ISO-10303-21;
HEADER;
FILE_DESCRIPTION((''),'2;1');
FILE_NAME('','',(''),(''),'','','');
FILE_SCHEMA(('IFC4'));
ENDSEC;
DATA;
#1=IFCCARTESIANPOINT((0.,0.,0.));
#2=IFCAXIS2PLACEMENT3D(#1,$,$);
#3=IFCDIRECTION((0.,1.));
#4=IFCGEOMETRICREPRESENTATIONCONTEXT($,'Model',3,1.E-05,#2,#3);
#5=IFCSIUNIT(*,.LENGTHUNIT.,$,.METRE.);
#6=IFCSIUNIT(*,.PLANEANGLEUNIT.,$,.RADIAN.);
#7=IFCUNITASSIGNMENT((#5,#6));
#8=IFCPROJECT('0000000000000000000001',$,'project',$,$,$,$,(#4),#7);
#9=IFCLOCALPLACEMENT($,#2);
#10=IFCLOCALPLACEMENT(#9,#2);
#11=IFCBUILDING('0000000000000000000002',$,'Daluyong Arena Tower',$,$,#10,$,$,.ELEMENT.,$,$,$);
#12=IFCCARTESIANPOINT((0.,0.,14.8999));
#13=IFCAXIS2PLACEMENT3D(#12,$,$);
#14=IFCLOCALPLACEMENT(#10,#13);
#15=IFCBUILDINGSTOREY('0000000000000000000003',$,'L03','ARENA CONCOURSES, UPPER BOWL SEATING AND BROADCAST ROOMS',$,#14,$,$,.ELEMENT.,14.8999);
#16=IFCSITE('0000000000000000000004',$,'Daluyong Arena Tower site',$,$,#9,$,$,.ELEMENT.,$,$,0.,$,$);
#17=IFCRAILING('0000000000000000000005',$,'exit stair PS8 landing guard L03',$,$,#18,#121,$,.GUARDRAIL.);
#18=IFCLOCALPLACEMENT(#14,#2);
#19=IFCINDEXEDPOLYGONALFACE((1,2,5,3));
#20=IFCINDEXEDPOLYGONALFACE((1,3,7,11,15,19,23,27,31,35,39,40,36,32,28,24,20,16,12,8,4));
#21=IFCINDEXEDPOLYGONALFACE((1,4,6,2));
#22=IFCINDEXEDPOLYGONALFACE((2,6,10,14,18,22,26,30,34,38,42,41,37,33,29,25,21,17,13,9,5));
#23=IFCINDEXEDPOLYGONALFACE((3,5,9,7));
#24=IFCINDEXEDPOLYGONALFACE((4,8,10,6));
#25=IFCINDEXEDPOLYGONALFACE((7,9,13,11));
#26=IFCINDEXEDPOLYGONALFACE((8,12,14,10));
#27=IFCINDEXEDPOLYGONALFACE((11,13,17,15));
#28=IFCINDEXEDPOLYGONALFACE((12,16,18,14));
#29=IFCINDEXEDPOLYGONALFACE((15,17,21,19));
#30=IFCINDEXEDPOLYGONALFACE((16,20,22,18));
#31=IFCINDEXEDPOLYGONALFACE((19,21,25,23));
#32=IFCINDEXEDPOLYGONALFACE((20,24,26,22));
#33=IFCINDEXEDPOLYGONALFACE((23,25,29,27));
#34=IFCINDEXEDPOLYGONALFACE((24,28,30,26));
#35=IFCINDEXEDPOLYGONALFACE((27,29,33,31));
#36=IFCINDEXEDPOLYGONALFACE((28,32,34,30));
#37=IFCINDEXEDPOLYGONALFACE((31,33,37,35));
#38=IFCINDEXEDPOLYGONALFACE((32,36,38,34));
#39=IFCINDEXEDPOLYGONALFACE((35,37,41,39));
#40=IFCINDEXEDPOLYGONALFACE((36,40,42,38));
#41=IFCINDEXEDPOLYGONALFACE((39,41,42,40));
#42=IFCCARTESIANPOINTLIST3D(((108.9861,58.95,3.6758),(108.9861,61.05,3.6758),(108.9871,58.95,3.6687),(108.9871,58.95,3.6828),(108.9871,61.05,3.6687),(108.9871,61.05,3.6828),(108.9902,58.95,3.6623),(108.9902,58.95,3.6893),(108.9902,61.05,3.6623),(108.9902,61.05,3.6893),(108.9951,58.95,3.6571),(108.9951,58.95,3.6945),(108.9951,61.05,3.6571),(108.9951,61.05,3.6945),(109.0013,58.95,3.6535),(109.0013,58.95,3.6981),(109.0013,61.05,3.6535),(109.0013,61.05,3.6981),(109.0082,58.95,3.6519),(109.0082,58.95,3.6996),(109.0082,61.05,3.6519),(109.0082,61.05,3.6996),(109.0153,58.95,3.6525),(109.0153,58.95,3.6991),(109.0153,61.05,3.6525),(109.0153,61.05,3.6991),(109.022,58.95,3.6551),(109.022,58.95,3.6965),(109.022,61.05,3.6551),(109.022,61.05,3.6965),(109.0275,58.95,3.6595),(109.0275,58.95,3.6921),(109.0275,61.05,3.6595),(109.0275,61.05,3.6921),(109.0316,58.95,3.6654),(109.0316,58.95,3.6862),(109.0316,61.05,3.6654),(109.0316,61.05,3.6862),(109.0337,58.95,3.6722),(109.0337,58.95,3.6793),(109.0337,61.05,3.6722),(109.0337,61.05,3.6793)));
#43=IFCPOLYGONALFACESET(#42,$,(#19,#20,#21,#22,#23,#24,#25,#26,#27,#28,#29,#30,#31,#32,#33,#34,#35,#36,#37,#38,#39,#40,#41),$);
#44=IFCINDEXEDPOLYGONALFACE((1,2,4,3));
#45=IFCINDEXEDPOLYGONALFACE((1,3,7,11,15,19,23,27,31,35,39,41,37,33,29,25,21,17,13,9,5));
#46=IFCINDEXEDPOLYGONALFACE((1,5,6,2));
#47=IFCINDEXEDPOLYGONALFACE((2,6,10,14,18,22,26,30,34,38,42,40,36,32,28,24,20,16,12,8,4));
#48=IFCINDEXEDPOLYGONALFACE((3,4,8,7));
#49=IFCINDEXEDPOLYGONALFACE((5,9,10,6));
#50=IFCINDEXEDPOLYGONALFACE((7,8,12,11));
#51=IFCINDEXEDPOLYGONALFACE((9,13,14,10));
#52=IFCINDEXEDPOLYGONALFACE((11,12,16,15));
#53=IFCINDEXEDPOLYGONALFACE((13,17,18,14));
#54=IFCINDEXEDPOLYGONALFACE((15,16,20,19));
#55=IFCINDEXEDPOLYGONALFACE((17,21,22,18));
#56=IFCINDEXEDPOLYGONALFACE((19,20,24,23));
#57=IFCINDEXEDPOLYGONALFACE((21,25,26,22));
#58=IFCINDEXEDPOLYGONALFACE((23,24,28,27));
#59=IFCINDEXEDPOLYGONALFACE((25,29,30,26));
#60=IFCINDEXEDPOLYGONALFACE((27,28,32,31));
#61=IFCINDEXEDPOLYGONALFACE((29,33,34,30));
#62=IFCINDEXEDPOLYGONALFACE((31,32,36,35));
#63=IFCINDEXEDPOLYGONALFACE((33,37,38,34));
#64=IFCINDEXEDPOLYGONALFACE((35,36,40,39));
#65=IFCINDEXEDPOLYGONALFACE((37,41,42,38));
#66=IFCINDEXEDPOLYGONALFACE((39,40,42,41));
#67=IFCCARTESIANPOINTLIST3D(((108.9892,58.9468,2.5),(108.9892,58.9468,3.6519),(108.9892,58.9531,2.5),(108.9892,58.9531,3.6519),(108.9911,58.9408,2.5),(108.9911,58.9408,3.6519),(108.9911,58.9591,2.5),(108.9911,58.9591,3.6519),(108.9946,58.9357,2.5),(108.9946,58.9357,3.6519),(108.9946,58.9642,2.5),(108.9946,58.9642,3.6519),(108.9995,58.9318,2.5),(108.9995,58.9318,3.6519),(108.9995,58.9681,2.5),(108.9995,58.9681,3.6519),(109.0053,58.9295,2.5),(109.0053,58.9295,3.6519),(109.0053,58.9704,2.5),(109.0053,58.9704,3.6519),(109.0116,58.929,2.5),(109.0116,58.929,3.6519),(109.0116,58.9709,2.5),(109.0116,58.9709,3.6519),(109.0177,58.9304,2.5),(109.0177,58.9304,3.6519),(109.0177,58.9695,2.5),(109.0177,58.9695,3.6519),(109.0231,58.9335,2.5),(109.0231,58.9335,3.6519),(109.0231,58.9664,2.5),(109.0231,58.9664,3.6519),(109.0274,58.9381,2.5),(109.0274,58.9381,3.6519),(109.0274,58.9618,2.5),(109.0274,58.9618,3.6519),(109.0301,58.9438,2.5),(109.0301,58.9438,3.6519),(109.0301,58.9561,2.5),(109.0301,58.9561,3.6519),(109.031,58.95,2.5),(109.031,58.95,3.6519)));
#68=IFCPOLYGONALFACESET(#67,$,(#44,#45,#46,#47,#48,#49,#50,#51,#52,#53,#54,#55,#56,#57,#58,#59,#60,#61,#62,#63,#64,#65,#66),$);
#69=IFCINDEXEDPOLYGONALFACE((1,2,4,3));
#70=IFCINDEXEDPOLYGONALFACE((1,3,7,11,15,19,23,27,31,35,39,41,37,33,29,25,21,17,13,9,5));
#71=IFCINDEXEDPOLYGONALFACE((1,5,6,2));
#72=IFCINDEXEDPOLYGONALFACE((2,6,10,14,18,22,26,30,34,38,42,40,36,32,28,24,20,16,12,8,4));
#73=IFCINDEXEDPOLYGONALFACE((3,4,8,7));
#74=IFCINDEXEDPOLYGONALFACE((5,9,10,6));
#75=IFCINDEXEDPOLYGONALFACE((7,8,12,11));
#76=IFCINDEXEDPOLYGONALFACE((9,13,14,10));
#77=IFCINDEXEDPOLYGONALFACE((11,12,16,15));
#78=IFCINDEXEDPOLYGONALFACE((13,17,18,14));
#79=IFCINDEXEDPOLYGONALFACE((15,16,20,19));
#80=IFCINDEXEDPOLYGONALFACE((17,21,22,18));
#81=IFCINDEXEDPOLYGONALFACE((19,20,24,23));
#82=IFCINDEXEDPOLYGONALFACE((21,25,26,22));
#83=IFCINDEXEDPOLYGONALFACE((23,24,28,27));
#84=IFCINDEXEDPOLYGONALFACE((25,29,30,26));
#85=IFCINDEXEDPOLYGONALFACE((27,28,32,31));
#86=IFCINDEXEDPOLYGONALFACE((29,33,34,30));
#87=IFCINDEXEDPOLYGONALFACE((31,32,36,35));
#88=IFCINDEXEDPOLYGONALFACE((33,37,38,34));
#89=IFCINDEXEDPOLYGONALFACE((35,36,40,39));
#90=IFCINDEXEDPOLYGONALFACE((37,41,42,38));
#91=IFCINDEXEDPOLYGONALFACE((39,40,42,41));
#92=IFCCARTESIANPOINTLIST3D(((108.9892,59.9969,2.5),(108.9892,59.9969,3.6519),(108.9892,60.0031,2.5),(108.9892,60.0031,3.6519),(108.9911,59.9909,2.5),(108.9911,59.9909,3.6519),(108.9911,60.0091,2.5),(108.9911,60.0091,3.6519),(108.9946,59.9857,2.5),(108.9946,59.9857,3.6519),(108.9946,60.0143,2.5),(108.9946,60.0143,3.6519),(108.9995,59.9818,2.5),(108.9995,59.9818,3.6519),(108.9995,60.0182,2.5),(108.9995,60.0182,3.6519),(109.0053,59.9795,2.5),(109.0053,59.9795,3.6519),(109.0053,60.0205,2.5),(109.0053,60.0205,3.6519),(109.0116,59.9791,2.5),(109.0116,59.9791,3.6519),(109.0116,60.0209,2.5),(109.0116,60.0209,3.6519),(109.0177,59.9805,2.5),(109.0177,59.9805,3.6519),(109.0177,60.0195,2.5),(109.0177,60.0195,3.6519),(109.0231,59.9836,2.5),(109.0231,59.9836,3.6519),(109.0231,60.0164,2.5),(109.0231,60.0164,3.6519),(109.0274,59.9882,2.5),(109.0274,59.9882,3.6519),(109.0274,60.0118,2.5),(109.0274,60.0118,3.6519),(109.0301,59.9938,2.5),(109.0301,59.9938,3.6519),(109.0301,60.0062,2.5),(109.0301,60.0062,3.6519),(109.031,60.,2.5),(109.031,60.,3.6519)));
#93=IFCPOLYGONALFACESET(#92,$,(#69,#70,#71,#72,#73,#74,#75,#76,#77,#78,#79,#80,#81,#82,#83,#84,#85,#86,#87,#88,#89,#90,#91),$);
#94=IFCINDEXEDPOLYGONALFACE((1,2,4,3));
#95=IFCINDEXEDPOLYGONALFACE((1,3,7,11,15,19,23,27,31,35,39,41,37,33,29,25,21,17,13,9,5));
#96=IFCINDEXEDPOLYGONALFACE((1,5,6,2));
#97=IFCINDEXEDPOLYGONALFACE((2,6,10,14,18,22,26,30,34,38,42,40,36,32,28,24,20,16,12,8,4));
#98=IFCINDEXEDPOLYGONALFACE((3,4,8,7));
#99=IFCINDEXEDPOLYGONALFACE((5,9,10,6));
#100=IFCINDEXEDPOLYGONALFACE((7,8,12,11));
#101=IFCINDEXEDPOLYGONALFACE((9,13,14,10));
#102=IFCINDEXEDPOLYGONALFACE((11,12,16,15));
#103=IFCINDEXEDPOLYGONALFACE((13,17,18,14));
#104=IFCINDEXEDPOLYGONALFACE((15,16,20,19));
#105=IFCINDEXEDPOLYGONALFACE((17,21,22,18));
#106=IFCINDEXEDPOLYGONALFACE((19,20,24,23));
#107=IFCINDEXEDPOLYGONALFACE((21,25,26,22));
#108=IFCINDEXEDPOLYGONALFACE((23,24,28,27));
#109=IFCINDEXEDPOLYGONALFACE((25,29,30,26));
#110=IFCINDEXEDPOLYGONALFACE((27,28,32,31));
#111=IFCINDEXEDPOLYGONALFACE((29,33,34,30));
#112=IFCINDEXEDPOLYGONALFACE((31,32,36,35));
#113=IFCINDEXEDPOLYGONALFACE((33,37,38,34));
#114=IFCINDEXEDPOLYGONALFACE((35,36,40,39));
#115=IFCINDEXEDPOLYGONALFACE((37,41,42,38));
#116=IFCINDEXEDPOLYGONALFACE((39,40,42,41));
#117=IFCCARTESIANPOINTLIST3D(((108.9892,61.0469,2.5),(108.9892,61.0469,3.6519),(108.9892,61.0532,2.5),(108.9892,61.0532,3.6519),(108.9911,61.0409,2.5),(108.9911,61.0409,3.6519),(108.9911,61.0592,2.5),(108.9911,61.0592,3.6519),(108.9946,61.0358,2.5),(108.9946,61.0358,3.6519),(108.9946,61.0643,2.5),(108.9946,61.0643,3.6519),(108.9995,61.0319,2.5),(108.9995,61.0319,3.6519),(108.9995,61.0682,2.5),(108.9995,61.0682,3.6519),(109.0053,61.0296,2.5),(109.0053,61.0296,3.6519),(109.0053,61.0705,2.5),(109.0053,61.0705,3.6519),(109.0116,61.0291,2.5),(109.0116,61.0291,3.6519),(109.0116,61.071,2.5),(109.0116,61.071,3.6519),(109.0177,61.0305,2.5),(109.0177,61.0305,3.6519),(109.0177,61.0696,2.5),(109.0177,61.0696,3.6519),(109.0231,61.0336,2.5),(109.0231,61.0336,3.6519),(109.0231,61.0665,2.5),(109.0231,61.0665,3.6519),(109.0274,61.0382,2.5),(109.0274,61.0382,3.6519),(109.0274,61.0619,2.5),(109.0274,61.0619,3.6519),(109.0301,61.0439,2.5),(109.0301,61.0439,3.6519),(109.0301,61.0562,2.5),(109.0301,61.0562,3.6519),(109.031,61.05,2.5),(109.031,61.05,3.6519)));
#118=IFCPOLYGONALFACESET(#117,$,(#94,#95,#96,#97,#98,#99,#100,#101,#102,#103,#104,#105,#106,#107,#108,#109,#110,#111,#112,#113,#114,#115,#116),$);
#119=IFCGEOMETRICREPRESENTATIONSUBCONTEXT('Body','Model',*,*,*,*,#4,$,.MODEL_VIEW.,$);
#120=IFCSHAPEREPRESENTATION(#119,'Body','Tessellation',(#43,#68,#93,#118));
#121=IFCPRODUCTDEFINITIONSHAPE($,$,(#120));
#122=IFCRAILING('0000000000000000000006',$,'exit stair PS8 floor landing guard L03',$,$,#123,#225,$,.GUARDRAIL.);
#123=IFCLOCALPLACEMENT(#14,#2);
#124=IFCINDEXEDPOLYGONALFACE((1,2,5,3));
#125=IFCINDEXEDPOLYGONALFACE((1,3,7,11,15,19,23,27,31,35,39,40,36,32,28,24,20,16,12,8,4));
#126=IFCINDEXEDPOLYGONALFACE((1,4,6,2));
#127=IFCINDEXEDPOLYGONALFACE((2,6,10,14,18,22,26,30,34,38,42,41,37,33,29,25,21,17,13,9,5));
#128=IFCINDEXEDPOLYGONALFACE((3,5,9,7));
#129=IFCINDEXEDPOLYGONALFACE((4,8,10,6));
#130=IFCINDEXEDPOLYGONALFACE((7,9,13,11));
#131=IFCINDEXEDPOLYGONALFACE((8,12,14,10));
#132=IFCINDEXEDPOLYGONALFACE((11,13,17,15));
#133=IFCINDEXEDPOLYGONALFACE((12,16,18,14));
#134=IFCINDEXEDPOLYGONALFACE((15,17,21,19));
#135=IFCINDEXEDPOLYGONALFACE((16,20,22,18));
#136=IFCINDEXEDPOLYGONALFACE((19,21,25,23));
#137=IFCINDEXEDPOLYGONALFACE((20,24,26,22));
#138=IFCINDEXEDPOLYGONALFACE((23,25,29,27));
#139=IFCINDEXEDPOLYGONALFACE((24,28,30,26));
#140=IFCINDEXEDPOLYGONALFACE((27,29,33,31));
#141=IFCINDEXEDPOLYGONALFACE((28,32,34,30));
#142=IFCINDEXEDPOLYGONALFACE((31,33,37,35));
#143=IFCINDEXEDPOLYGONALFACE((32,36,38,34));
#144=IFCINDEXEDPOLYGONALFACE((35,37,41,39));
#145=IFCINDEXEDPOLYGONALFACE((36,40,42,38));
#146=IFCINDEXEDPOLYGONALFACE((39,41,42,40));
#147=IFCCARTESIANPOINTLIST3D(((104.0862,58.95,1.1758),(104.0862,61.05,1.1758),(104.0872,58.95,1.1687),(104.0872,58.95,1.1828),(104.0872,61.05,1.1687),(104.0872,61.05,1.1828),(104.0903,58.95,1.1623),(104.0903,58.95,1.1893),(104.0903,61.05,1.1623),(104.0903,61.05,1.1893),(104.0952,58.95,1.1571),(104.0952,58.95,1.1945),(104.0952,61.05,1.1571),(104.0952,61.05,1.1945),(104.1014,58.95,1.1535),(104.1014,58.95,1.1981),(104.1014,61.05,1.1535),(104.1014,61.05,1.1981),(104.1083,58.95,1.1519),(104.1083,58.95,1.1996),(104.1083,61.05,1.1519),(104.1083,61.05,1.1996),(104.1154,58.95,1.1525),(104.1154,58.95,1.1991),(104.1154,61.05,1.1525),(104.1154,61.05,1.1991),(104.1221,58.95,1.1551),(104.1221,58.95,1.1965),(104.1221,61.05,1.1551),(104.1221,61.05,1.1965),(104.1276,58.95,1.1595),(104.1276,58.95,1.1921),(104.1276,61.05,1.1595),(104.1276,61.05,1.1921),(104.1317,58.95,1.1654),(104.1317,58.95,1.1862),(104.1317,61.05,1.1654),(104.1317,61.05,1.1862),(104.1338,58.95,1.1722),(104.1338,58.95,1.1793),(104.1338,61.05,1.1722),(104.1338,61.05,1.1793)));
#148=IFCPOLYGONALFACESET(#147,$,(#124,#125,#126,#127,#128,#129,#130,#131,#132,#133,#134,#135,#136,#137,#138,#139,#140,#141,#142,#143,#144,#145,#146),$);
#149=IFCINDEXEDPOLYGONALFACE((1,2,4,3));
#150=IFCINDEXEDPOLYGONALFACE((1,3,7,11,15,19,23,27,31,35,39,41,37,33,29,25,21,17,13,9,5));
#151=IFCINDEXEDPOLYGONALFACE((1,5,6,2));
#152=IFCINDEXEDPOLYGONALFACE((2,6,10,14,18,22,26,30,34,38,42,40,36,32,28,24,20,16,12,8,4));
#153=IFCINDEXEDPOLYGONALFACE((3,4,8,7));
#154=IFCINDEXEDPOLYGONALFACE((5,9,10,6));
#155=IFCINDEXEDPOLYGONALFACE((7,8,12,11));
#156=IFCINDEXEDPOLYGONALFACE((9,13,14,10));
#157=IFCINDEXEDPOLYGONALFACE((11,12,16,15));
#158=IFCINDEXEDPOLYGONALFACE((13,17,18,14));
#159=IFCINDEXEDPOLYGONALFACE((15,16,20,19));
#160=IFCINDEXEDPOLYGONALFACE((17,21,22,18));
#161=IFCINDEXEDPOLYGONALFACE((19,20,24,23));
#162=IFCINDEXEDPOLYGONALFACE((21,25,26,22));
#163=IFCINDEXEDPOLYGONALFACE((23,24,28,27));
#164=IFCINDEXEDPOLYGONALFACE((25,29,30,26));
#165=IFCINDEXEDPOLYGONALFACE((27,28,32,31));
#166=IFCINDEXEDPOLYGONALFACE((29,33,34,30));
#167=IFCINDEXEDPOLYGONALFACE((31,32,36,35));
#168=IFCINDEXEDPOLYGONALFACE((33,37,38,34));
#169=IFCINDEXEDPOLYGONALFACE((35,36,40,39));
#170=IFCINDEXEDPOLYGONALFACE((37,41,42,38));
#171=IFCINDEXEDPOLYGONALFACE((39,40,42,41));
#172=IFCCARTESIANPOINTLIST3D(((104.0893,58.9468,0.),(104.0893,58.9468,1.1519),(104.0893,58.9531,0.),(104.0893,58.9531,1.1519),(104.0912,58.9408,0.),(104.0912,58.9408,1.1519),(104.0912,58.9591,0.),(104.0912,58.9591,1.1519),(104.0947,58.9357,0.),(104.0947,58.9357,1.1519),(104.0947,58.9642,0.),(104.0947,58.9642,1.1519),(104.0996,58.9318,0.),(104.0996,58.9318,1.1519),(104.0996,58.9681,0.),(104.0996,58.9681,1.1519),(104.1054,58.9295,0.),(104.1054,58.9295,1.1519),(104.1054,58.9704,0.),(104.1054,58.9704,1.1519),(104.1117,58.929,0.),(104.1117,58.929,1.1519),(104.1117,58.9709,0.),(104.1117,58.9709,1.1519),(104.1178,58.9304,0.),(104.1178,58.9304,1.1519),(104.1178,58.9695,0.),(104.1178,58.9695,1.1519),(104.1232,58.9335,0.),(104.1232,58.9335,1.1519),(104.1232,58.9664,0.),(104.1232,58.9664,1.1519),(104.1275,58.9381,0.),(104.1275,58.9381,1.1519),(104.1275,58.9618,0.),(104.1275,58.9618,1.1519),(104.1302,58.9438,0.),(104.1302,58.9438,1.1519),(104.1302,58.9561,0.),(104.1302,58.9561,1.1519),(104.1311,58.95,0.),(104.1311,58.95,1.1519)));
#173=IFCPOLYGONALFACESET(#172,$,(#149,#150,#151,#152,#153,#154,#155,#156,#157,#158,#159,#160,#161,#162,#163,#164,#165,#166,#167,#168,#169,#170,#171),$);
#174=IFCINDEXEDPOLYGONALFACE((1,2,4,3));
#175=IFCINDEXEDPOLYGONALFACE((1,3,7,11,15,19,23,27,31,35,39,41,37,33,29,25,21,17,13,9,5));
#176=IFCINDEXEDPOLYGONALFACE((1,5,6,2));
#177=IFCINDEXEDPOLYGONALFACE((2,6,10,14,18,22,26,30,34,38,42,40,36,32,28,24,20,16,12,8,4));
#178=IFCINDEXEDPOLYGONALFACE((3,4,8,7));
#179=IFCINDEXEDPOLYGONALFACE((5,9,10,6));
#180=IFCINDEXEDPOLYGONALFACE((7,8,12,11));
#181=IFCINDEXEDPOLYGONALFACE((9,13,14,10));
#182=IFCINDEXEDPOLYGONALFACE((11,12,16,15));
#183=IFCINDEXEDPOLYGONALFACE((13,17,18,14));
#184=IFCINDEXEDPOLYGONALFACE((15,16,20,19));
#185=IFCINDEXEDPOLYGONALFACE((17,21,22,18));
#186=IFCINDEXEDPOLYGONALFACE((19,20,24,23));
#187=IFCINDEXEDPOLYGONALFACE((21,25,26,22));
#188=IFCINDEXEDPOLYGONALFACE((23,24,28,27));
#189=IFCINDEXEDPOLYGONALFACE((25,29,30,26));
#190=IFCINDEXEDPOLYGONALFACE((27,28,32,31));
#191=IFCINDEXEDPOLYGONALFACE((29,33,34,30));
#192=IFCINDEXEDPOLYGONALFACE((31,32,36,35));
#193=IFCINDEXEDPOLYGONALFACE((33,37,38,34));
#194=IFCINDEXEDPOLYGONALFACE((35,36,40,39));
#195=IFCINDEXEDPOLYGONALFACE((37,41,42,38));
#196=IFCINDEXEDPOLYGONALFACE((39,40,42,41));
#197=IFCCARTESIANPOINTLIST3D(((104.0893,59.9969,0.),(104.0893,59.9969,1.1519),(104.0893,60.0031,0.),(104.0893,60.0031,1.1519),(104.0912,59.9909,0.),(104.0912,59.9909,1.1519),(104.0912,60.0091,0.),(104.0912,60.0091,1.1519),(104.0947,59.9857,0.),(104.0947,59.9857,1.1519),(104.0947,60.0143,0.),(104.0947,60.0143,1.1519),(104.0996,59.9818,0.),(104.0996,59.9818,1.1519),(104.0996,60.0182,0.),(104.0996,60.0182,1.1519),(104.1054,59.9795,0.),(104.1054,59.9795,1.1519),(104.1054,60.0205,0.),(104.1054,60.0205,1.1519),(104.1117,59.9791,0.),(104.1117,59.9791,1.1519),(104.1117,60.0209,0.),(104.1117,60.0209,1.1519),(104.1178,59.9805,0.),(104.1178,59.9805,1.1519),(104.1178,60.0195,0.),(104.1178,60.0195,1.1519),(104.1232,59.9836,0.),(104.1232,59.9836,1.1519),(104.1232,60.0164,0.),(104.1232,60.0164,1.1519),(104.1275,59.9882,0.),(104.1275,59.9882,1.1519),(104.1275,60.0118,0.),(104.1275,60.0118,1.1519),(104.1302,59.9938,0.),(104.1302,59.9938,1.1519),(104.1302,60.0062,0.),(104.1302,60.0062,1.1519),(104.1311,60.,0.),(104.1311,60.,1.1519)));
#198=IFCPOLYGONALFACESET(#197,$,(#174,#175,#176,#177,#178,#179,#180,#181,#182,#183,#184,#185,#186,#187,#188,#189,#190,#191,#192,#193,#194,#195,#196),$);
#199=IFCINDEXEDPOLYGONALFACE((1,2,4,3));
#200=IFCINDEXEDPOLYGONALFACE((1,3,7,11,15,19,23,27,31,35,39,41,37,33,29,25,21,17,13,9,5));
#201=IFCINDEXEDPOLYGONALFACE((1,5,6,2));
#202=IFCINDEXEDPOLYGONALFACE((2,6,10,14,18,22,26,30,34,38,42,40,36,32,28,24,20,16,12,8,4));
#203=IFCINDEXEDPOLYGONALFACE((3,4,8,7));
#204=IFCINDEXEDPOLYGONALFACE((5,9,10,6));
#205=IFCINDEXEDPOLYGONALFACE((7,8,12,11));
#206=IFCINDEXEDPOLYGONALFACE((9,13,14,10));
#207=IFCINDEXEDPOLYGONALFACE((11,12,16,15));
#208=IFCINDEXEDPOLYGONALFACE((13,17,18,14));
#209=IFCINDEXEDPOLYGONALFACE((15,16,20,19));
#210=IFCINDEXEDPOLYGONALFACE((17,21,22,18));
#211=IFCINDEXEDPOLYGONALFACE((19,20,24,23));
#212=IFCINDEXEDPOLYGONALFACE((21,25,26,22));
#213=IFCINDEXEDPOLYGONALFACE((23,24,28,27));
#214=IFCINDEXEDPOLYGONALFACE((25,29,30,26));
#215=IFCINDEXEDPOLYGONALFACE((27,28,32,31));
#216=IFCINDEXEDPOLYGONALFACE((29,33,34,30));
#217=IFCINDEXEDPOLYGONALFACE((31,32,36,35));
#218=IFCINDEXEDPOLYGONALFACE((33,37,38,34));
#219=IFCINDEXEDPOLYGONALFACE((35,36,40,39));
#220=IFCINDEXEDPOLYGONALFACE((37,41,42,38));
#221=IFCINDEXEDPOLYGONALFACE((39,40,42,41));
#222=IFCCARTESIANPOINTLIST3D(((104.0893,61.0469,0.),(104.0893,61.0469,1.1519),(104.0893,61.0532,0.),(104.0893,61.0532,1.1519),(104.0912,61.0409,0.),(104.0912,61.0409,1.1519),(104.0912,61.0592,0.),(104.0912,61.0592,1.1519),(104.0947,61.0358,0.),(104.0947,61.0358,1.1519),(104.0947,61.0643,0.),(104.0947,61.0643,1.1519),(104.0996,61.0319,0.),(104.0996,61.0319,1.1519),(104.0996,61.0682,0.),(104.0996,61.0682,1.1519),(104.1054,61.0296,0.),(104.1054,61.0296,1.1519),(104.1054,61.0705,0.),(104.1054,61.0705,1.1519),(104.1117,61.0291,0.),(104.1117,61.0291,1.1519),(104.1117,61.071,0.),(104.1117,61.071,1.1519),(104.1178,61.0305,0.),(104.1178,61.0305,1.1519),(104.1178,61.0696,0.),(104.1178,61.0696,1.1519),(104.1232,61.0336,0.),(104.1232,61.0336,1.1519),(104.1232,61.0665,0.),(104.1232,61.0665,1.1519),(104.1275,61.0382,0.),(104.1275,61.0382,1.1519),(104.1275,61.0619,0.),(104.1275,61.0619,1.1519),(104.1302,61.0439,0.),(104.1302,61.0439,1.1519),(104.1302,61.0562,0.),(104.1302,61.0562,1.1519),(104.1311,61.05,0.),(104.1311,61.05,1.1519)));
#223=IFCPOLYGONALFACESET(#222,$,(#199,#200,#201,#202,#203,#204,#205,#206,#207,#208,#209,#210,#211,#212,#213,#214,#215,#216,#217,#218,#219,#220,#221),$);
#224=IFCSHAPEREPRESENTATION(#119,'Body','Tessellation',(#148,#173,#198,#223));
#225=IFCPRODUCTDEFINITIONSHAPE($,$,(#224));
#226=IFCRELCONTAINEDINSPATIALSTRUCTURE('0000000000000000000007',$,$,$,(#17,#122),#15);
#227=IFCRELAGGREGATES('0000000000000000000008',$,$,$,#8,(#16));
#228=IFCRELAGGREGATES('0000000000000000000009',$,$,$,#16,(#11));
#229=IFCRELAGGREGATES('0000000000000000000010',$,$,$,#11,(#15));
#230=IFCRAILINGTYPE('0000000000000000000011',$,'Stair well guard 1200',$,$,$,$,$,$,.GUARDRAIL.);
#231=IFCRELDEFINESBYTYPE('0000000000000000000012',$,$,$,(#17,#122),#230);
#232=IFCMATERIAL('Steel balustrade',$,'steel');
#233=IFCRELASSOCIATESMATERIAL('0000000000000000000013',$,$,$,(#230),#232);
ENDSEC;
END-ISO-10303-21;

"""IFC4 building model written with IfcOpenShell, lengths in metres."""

from ifc_helpers import new_model, si_unit, direction, frame, origin, origin_2d, place, context, subcontext, project, spatial, circle, extrude, material, type_object, element, save


model = new_model("IFC4")

# Units and contexts
model_context = context("Model", 3, precision=1e-05, world=origin(), true_north=direction((0.0, 1.0)))
body_context = subcontext(model_context, "Body", "Model", "MODEL_VIEW")
ifc_project = project(units=[si_unit("LENGTHUNIT", "METRE"), si_unit("PLANEANGLEUNIT", "RADIAN")], contexts=[model_context])

# Site, building, storey
site_placement = place(None, origin())
site = spatial("IfcSite", under=ifc_project, at=site_placement, Name="Daluyong Arena Tower site", CompositionType="ELEMENT", RefElevation=0.0)
building_placement = place(site_placement, origin())
building = spatial("IfcBuilding", under=site, at=building_placement, Name="Daluyong Arena Tower", CompositionType="ELEMENT")
storey_placement = place(building_placement, frame((0.0, 0.0, 14.8999)))
storey = spatial("IfcBuildingStorey", under=building, at=storey_placement, Name="L03", Description="ARENA CONCOURSES, UPPER BOWL SEATING AND BROADCAST ROOMS", CompositionType="ELEMENT", Elevation=14.8999)

# Railings
ifc_material_1 = material(Name="Steel balustrade", Category="steel")
railing_type_1 = type_object("IfcRailingType", Name="Stair well guard 1200", PredefinedType="GUARDRAIL", material=ifc_material_1)
for number, where, name in (
    (1, (109.01, 58.95, 2.5), "exit stair PS8 landing guard L03"),
    (2, (104.1101, 58.95, 0.0), "exit stair PS8 floor landing guard L03"),
):
    element("IfcRailing", number, at=place(storey_placement, frame(where)), inside=storey, type_object=railing_type_1, Name=name, PredefinedType="GUARDRAIL", context=body_context, shape_type="SweptSolid", body=[
        extrude(circle(Radius=0.0239, at=origin_2d()), frame((0.0, 0.0, 1.1758), z_axis=(0.0, 1.0, 0.0), x_axis=(-1.0, 0.0, 0.0)), (0.0, 0.0, 1.0), 2.1001),
        extrude(circle(Radius=0.021, at=origin_2d()), origin(), (0.0, 0.0, 1.0), 1.1519),
        extrude(circle(Radius=0.021, at=origin_2d()), frame((0.0, 1.05, 0.0)), (0.0, 0.0, 1.0), 1.1519),
        extrude(circle(Radius=0.021, at=origin_2d()), frame((0.0, 2.1001, 0.0)), (0.0, 0.0, 1.0), 1.1519),
    ])

save(model, "model.ifc")
